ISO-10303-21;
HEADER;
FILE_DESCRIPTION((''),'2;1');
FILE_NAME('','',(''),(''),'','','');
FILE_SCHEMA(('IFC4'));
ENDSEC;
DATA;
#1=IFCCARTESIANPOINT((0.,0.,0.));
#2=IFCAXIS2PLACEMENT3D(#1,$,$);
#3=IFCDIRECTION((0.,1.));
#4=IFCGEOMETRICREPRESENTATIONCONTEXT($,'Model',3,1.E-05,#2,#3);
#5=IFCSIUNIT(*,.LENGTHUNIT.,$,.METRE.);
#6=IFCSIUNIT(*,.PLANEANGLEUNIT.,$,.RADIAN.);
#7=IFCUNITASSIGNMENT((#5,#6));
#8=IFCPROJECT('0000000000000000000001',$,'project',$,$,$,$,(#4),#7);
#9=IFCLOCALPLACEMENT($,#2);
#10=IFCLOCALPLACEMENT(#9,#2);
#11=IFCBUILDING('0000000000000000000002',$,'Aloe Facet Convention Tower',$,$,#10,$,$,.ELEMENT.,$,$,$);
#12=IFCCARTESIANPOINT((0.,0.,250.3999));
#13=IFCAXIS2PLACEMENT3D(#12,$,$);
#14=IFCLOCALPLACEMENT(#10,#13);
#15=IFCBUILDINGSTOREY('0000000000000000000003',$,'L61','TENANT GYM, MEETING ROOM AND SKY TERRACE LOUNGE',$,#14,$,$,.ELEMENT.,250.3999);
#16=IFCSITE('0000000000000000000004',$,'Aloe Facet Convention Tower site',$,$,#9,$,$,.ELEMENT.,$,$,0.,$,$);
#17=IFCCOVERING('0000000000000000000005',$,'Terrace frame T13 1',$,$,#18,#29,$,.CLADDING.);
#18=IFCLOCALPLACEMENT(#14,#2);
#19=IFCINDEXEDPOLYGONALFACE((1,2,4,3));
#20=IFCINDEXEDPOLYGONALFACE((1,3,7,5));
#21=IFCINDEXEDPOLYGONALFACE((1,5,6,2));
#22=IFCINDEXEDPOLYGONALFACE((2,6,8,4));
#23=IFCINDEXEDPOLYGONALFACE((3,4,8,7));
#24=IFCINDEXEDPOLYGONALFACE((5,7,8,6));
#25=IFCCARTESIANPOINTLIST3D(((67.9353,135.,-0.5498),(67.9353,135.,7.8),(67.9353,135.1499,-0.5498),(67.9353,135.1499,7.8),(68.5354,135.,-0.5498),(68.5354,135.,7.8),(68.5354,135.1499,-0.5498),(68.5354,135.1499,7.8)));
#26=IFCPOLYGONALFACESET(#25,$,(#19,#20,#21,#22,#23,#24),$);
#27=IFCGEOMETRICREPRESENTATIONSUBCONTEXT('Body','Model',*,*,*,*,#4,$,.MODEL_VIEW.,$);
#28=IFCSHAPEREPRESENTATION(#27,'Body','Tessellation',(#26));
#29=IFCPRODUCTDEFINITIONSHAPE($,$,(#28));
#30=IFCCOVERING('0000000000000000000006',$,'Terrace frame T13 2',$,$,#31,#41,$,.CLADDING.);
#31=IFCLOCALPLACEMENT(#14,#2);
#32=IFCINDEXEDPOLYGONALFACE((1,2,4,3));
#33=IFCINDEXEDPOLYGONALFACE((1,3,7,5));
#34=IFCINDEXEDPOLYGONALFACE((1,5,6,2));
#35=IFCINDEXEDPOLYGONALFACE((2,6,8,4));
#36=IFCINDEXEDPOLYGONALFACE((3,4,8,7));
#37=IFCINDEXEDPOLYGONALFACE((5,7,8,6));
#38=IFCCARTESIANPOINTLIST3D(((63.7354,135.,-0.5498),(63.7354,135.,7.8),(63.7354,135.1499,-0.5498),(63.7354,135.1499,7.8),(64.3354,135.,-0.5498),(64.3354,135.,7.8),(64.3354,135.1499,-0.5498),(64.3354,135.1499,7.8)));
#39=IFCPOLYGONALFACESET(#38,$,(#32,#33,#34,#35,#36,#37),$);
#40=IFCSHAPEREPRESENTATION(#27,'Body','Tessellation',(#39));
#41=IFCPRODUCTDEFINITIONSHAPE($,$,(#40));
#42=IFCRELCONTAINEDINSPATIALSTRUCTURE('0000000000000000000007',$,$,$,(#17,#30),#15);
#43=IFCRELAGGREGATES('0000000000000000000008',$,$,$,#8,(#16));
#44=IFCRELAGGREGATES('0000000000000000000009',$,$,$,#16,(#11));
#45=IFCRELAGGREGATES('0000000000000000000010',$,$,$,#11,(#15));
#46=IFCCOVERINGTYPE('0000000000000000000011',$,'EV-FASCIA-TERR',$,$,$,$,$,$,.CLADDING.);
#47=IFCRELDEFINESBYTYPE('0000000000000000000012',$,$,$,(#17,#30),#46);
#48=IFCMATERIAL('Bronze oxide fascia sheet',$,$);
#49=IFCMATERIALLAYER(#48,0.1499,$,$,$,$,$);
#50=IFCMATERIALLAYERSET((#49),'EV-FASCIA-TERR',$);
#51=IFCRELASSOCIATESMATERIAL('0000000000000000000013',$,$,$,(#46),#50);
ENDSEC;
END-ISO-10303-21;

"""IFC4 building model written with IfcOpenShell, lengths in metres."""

from ifc_helpers import new_model, si_unit, direction, frame, origin, place, context, subcontext, project, spatial, polyline, outline, extrude, material, layer, layer_set, type_object, element, save


model = new_model("IFC4")

# Units and contexts
model_context = context("Model", 3, precision=1e-05, world=origin(), true_north=direction((0.0, 1.0)))
body_context = subcontext(model_context, "Body", "Model", "MODEL_VIEW")
ifc_project = project(units=[si_unit("LENGTHUNIT", "METRE"), si_unit("PLANEANGLEUNIT", "RADIAN")], contexts=[model_context])

# Site, building, storey
site_placement = place(None, origin())
site = spatial("IfcSite", under=ifc_project, at=site_placement, Name="Aloe Facet Convention Tower site", CompositionType="ELEMENT", RefElevation=0.0)
building_placement = place(site_placement, origin())
building = spatial("IfcBuilding", under=site, at=building_placement, Name="Aloe Facet Convention Tower", CompositionType="ELEMENT")
storey_placement = place(building_placement, frame((0.0, 0.0, 250.3999)))
storey = spatial("IfcBuildingStorey", under=building, at=storey_placement, Name="L61", Description="TENANT GYM, MEETING ROOM AND SKY TERRACE LOUNGE", CompositionType="ELEMENT", Elevation=250.3999)

# Coverings
ifc_material_1 = material(Name="Bronze oxide fascia sheet")
ifc_layer_1 = layer(ifc_material_1, 0.1499)
ifc_layer_set_1 = layer_set([ifc_layer_1], Name="EV-FASCIA-TERR")
covering_type = type_object("IfcCoveringType", Name="EV-FASCIA-TERR", PredefinedType="CLADDING", material=ifc_layer_set_1)
covering_1_placement = place(storey_placement, frame((0.0, 0.0, -0.5498)))
element("IfcCovering", 1, at=covering_1_placement, inside=storey, type_object=covering_type, Name="Terrace frame T13 1", PredefinedType="CLADDING", context=body_context, shape_type="SweptSolid", body=[
    extrude(outline(polyline([(68.5354, 135.1499), (67.9353, 135.1499), (67.9353, 135.0), (68.5354, 135.0), (68.5354, 135.1499)])), origin(), (0.0, 0.0, 1.0), 8.3499),
])
covering_2_placement = place(storey_placement, frame((0.0, 0.0, -0.5498)))
element("IfcCovering", 2, at=covering_2_placement, inside=storey, type_object=covering_type, Name="Terrace frame T13 2", PredefinedType="CLADDING", context=body_context, shape_type="SweptSolid", body=[
    extrude(outline(polyline([(64.3354, 135.1499), (63.7354, 135.1499), (63.7354, 135.0), (64.3354, 135.0), (64.3354, 135.1499)])), origin(), (0.0, 0.0, 1.0), 8.3499),
])

save(model, "model.ifc")
